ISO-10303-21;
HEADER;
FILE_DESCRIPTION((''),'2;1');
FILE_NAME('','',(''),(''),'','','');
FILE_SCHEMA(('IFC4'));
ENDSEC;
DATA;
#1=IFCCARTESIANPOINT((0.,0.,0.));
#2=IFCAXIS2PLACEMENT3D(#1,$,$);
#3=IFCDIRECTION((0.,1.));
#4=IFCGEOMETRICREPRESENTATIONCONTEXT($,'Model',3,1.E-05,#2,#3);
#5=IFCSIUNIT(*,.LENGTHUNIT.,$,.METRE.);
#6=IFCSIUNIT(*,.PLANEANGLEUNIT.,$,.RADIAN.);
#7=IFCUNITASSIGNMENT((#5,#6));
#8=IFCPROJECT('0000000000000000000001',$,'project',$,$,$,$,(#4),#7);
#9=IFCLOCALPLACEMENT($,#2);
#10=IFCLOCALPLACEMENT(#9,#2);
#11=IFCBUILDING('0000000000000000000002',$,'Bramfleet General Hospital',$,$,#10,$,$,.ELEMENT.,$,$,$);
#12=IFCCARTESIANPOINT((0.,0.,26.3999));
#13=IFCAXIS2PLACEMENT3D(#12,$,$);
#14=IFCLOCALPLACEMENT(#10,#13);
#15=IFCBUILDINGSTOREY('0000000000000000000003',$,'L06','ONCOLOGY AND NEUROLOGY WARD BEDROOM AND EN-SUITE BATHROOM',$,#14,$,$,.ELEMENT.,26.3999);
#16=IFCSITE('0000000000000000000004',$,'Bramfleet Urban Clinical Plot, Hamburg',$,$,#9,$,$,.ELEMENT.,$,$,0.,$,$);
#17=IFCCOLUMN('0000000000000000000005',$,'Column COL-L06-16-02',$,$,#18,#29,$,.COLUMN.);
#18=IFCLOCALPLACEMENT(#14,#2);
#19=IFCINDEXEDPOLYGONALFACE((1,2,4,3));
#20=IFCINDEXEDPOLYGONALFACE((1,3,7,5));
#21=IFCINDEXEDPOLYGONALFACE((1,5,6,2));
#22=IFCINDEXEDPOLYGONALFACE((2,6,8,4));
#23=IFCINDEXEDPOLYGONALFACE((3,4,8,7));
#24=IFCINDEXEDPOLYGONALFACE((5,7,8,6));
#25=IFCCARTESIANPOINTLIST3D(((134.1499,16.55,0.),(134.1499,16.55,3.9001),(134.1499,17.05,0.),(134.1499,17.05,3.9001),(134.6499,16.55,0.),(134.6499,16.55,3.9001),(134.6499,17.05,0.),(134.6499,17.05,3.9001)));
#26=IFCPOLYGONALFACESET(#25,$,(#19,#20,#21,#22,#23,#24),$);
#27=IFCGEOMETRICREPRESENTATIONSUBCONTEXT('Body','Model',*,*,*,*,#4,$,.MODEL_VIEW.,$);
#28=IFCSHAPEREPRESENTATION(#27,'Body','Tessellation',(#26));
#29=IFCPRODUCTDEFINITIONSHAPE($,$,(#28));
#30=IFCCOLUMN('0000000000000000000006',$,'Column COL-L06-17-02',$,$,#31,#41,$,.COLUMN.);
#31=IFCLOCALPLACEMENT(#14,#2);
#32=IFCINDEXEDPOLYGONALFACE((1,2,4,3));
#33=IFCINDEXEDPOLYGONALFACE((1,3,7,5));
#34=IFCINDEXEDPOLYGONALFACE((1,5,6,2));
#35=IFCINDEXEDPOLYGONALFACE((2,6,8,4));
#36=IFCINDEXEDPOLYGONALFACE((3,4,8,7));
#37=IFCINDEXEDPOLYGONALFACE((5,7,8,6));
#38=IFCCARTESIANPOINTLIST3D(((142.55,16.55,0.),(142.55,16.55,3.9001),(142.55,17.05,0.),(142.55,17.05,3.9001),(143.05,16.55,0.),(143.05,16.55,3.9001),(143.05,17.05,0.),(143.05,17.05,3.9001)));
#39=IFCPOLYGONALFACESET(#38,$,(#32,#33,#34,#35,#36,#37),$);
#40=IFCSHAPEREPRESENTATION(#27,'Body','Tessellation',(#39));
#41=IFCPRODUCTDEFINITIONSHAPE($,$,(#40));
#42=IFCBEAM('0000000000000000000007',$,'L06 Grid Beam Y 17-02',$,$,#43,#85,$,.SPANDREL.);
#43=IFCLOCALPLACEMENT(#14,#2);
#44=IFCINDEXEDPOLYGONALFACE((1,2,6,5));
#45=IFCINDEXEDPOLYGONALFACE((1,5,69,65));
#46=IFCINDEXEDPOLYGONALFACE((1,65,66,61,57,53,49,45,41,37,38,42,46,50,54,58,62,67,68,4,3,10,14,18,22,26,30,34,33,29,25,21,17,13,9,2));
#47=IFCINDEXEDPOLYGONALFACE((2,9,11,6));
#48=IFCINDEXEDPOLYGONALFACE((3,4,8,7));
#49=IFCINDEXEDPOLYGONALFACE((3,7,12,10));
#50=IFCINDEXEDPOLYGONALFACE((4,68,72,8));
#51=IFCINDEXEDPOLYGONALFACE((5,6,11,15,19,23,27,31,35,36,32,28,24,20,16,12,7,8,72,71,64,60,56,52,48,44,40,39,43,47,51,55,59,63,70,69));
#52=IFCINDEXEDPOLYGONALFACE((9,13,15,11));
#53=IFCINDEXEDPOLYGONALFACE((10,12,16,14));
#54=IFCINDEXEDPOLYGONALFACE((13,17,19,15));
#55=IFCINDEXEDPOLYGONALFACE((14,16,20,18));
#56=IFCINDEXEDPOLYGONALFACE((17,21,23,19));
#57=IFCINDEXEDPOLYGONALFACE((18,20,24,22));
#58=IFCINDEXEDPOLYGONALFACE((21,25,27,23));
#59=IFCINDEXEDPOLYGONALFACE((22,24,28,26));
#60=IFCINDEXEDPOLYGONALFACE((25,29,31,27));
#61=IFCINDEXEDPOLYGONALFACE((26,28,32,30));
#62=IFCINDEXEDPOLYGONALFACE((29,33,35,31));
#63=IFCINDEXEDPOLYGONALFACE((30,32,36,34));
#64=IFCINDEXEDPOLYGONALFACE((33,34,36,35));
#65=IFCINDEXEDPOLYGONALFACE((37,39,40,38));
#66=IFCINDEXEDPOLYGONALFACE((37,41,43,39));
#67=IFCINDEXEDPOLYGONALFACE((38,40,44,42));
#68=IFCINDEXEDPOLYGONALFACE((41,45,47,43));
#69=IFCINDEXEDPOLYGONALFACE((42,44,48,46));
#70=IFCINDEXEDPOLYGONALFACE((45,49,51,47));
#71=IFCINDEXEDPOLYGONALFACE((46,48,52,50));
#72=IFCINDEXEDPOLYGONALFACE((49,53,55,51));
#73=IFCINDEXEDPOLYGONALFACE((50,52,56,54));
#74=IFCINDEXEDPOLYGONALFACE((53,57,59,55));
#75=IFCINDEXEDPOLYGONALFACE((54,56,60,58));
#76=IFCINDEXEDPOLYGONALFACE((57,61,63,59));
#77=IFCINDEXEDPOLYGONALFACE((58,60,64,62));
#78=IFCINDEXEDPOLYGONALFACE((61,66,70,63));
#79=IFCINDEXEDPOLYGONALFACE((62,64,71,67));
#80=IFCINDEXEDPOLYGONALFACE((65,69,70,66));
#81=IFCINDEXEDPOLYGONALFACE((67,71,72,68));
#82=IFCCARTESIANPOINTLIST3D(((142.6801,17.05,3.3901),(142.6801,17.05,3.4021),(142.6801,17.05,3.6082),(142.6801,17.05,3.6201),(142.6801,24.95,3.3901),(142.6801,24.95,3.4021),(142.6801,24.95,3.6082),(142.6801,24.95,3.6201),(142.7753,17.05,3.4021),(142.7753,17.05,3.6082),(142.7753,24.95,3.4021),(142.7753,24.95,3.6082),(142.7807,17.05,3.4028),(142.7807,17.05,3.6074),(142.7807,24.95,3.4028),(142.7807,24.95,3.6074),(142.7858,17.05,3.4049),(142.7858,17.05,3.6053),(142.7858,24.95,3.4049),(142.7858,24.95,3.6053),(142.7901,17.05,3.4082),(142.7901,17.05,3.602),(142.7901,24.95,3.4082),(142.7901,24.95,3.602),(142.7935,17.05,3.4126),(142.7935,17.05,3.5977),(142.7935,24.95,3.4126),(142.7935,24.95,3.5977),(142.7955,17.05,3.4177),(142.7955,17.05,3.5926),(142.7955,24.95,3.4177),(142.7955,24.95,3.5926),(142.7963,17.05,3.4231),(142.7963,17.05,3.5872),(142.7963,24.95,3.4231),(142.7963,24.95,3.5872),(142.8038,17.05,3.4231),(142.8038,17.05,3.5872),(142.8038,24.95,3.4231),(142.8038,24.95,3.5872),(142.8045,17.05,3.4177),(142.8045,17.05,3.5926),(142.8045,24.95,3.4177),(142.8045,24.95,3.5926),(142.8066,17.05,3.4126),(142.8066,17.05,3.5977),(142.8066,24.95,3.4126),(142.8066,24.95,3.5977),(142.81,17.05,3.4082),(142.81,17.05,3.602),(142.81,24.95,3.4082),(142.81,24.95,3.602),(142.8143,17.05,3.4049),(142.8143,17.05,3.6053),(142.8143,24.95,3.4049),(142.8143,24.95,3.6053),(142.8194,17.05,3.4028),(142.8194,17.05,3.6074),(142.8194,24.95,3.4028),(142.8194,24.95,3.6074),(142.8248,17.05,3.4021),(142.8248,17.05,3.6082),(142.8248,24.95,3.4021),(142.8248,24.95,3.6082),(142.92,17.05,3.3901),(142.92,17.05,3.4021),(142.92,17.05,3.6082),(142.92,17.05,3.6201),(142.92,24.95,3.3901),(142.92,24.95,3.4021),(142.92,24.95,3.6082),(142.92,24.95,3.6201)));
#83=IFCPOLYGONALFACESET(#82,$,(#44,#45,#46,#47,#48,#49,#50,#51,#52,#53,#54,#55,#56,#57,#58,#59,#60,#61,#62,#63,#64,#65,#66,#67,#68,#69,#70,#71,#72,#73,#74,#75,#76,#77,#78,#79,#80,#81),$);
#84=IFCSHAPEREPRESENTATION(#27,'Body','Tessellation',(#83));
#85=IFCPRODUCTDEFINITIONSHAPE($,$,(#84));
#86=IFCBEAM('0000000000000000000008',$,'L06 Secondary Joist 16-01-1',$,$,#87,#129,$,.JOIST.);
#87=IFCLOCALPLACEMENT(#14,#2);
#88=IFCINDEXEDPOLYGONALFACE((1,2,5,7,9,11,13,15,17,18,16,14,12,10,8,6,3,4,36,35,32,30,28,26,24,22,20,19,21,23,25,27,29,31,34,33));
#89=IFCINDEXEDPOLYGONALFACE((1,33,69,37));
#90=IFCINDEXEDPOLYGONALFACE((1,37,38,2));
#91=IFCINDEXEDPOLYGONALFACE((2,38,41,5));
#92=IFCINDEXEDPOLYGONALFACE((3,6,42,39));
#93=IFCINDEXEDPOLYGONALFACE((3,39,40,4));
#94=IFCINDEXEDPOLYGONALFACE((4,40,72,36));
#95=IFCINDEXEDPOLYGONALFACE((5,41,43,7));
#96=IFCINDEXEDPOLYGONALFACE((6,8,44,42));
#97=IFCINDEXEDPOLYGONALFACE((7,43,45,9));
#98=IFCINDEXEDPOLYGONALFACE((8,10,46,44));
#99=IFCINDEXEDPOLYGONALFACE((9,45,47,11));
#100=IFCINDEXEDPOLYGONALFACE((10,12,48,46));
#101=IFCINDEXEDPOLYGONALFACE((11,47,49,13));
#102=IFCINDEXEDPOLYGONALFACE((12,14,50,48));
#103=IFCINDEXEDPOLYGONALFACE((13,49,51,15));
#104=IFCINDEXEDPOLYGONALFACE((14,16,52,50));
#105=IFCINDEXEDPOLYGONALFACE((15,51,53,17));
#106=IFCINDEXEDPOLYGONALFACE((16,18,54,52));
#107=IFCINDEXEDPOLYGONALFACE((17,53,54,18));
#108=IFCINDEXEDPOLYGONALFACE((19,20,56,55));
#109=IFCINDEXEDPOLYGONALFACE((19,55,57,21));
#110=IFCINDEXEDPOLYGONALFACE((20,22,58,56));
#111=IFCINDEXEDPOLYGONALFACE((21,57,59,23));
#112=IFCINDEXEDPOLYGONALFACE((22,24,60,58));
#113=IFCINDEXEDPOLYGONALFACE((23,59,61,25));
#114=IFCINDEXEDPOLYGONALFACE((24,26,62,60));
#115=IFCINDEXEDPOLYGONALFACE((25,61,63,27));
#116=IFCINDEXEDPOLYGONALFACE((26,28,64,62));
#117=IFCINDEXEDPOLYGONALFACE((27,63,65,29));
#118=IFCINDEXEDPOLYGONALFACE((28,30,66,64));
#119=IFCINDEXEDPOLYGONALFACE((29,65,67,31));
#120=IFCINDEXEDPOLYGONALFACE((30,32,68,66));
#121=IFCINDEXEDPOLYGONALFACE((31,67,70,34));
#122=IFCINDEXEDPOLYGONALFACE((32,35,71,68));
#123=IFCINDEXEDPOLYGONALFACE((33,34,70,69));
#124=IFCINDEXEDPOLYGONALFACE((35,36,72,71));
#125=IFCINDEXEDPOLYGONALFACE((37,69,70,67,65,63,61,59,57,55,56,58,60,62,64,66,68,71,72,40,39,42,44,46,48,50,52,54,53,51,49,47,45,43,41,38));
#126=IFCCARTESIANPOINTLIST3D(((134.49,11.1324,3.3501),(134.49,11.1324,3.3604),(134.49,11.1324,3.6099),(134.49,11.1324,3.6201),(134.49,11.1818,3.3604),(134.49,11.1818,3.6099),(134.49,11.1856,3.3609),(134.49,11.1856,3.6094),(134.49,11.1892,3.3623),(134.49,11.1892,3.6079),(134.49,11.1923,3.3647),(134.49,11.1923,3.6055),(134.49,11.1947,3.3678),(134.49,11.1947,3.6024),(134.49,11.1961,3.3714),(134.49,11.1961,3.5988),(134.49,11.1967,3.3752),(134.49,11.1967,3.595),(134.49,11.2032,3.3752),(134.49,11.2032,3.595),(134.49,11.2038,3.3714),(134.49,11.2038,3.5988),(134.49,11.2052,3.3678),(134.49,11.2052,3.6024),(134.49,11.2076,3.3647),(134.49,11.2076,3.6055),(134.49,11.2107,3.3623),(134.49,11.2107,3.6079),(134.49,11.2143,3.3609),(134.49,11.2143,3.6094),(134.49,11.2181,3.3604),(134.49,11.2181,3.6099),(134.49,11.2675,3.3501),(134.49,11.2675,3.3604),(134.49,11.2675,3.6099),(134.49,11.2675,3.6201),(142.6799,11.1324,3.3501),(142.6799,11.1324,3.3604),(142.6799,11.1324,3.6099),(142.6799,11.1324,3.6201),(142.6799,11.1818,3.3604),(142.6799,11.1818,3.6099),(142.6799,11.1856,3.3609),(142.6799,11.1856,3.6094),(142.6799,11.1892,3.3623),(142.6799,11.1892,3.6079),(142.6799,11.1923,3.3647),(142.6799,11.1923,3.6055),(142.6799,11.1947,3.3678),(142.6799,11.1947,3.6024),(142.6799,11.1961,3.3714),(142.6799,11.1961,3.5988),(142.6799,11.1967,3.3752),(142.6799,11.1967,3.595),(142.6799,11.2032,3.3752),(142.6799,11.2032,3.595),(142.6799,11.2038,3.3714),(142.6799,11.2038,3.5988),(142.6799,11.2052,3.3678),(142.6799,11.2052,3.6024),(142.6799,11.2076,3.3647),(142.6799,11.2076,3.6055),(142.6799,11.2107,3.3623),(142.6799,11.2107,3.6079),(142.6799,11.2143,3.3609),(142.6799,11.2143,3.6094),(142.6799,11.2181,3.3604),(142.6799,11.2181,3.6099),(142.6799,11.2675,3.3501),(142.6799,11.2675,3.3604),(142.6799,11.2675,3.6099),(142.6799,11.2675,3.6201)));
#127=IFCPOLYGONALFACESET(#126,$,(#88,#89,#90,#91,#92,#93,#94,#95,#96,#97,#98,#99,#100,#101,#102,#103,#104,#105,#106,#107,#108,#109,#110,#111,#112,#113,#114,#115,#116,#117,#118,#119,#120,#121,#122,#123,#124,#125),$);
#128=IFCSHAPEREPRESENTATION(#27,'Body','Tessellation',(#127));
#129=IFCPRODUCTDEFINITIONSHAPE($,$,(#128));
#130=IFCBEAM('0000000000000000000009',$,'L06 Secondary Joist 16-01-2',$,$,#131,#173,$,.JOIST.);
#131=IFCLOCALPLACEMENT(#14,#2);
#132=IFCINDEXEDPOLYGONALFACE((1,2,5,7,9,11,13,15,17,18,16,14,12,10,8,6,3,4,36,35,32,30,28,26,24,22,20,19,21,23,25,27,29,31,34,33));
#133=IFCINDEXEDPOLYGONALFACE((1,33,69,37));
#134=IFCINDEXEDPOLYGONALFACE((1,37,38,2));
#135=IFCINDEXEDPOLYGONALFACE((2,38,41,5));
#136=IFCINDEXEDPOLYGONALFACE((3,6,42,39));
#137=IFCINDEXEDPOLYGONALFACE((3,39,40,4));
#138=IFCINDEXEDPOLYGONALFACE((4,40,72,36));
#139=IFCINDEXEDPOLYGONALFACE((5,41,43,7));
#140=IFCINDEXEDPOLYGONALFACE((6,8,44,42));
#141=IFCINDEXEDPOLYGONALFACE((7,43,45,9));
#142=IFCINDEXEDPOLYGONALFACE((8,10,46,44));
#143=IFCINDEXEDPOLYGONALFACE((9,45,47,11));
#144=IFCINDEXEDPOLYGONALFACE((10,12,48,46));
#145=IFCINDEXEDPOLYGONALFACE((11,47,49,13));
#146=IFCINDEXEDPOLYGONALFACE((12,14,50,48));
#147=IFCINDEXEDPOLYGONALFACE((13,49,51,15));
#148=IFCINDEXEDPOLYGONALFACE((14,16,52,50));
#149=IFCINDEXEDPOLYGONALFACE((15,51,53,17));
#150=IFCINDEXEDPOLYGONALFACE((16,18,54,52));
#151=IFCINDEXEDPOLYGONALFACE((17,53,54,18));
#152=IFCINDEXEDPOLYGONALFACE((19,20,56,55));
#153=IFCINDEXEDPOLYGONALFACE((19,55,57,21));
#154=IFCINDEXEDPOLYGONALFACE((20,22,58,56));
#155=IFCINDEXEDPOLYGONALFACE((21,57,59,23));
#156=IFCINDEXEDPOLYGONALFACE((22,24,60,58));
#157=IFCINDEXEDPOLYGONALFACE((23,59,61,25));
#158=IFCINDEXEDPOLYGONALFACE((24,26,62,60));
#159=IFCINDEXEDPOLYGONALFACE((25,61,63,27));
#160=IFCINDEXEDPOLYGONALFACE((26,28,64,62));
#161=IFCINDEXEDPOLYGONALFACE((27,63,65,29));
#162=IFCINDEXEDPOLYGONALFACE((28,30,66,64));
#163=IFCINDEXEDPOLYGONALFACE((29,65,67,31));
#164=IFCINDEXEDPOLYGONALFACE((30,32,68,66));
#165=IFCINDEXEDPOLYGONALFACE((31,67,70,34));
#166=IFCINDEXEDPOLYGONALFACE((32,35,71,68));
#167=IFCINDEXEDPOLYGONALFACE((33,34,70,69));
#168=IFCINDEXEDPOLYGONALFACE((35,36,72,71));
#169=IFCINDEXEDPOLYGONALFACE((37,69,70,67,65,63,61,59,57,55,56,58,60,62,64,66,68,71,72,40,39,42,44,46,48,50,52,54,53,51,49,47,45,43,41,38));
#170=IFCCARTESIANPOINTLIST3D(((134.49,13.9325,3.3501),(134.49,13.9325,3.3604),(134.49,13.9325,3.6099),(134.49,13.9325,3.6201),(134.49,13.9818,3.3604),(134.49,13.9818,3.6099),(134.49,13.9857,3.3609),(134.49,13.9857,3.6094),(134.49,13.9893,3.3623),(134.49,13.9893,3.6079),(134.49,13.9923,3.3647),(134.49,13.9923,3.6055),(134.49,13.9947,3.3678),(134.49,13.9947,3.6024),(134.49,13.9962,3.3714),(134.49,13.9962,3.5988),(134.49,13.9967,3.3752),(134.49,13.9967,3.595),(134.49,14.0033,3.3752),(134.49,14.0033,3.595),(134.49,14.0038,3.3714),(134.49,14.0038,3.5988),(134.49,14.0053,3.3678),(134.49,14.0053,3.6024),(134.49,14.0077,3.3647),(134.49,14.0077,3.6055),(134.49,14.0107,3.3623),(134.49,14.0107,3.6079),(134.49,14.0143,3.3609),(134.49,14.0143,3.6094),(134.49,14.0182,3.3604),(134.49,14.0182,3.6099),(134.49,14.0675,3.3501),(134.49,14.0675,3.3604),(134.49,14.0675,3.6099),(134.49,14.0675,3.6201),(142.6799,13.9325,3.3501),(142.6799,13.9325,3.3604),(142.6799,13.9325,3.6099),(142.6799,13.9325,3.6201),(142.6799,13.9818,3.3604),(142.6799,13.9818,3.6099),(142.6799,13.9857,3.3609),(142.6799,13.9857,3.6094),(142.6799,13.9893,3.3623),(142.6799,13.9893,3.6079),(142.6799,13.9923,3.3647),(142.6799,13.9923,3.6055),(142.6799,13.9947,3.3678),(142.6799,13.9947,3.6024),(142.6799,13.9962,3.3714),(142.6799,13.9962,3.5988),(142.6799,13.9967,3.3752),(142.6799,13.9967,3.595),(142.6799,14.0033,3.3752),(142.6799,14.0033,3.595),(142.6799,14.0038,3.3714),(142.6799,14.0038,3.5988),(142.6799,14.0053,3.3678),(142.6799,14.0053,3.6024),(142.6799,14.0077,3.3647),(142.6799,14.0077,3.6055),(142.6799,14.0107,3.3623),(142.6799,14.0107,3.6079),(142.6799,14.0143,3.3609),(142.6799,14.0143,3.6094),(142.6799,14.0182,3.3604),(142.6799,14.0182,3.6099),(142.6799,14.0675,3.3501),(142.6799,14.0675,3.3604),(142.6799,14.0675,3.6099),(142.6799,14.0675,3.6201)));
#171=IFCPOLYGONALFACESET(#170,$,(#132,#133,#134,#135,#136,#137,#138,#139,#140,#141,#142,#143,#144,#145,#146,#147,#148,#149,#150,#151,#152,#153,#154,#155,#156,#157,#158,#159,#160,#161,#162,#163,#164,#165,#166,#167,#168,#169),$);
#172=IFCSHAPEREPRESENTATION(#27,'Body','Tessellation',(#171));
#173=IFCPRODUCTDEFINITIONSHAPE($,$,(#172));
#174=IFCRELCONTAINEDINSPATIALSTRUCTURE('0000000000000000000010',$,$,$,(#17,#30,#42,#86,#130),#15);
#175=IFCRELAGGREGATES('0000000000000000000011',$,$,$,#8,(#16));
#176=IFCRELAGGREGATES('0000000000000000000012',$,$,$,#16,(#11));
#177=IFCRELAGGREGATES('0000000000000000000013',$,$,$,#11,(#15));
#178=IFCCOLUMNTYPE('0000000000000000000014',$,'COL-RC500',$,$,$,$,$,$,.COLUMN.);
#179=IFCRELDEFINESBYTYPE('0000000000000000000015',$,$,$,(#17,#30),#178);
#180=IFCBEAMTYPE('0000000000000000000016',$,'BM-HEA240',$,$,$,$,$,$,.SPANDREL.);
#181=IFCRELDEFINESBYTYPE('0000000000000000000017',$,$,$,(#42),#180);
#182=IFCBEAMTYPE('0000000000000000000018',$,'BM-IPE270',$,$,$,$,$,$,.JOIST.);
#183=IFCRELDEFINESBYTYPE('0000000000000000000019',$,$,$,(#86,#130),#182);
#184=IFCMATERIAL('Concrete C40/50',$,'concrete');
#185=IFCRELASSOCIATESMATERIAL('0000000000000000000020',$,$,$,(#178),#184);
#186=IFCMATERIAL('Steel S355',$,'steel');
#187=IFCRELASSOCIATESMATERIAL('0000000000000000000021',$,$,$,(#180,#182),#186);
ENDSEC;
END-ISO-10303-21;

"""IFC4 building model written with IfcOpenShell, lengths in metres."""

from ifc_helpers import new_model, si_unit, direction, frame, origin, origin_2d, place, context, subcontext, project, spatial, rectangle, i_section, extrude, material, material_profile, profile_set, type_object, element, save


model = new_model("IFC4")

# Units and contexts
model_context = context("Model", 3, precision=1e-05, world=origin(), true_north=direction((0.0, 1.0)))
body_context = subcontext(model_context, "Body", "Model", "MODEL_VIEW")
ifc_project = project(units=[si_unit("LENGTHUNIT", "METRE"), si_unit("PLANEANGLEUNIT", "RADIAN")], contexts=[model_context])

# Site, building, storey
site_placement = place(None, origin())
site = spatial("IfcSite", under=ifc_project, at=site_placement, Name="Bramfleet Urban Clinical Plot, Hamburg", CompositionType="ELEMENT", RefElevation=0.0)
building_placement = place(site_placement, origin())
building = spatial("IfcBuilding", under=site, at=building_placement, Name="Bramfleet General Hospital", CompositionType="ELEMENT")
storey_placement = place(building_placement, frame((0.0, 0.0, 26.3999)))
storey = spatial("IfcBuildingStorey", under=building, at=storey_placement, Name="L06", Description="ONCOLOGY AND NEUROLOGY WARD BEDROOM AND EN-SUITE BATHROOM", CompositionType="ELEMENT", Elevation=26.3999)

# Columns
ifc_material_1 = material(Name="Concrete C40/50", Category="concrete")
ifc_material_profile_1 = material_profile(ifc_material_1, rectangle(XDim=0.5, YDim=0.5, at=origin_2d()), Name="RC COL 500x500")
ifc_profile_set_1 = profile_set([ifc_material_profile_1], Name="Concrete C40/50")
column_type = type_object("IfcColumnType", Name="COL-RC500", PredefinedType="COLUMN", material=ifc_profile_set_1)
for number, where, z_axis, x_axis, name in (
    (1, (134.3999, 16.8, 0.0), (0.0, 0.0, 1.0), (1.0, 0.0, 0.0), "Column COL-L06-16-02"),
    (2, (142.8, 16.8, 0.0), (0.0, 0.0, 1.0), (1.0, 0.0, 0.0), "Column COL-L06-17-02"),
):
    element("IfcColumn", number, at=place(storey_placement, frame(where, z_axis=z_axis, x_axis=x_axis)), inside=storey, type_object=column_type, Name=name, PredefinedType="COLUMN", context=body_context, shape_type="SweptSolid", body=[
        extrude(rectangle(XDim=0.5, YDim=0.5, at=origin_2d()), origin(), (0.0, 0.0, 1.0), 3.9001),
    ])

# Beams
ifc_material_2 = material(Name="Steel S355", Category="steel")
ifc_material_profile_2 = material_profile(ifc_material_2, i_section(OverallWidth=0.24, OverallDepth=0.23, WebThickness=0.0076, FlangeThickness=0.012, FilletRadius=0.021, at=origin_2d()), Name="HEA 240")
ifc_profile_set_2 = profile_set([ifc_material_profile_2], Name="Steel S355")
beam_type_1 = type_object("IfcBeamType", Name="BM-HEA240", PredefinedType="SPANDREL", material=ifc_profile_set_2)
beam_1_placement = place(storey_placement, frame((142.8, 17.05, 3.5051), z_axis=(0.0, 1.0, 0.0), x_axis=(-1.0, 0.0, 0.0)))
element("IfcBeam", 3, at=beam_1_placement, inside=storey, type_object=beam_type_1, Name="L06 Grid Beam Y 17-02", PredefinedType="SPANDREL", context=body_context, shape_type="SweptSolid", body=[
    extrude(i_section(OverallWidth=0.24, OverallDepth=0.23, WebThickness=0.0076, FlangeThickness=0.012, FilletRadius=0.021, at=origin_2d()), origin(), (0.0, 0.0, 1.0), 7.8999),
])
ifc_material_profile_3 = material_profile(ifc_material_2, i_section(OverallWidth=0.135, OverallDepth=0.27, WebThickness=0.0066, FlangeThickness=0.0103, FilletRadius=0.0149, at=origin_2d()), Name="IPE 270")
ifc_profile_set_3 = profile_set([ifc_material_profile_3], Name="Steel S355")
beam_type_2 = type_object("IfcBeamType", Name="BM-IPE270", PredefinedType="JOIST", material=ifc_profile_set_3)
for number, where, z_axis, x_axis, name in (
    (4, (134.49, 11.2, 3.4851), (1.0, 0.0, 0.0), (0.0, 1.0, 0.0), "L06 Secondary Joist 16-01-1"),
    (5, (134.49, 14.0, 3.4851), (1.0, 0.0, 0.0), (0.0, 1.0, 0.0), "L06 Secondary Joist 16-01-2"),
):
    element("IfcBeam", number, at=place(storey_placement, frame(where, z_axis=z_axis, x_axis=x_axis)), inside=storey, type_object=beam_type_2, Name=name, PredefinedType="JOIST", context=body_context, shape_type="SweptSolid", body=[
        extrude(i_section(OverallWidth=0.135, OverallDepth=0.27, WebThickness=0.0066, FlangeThickness=0.0103, FilletRadius=0.0149, at=origin_2d()), origin(), (0.0, 0.0, 1.0), 8.1899),
    ])

save(model, "model.ifc")
